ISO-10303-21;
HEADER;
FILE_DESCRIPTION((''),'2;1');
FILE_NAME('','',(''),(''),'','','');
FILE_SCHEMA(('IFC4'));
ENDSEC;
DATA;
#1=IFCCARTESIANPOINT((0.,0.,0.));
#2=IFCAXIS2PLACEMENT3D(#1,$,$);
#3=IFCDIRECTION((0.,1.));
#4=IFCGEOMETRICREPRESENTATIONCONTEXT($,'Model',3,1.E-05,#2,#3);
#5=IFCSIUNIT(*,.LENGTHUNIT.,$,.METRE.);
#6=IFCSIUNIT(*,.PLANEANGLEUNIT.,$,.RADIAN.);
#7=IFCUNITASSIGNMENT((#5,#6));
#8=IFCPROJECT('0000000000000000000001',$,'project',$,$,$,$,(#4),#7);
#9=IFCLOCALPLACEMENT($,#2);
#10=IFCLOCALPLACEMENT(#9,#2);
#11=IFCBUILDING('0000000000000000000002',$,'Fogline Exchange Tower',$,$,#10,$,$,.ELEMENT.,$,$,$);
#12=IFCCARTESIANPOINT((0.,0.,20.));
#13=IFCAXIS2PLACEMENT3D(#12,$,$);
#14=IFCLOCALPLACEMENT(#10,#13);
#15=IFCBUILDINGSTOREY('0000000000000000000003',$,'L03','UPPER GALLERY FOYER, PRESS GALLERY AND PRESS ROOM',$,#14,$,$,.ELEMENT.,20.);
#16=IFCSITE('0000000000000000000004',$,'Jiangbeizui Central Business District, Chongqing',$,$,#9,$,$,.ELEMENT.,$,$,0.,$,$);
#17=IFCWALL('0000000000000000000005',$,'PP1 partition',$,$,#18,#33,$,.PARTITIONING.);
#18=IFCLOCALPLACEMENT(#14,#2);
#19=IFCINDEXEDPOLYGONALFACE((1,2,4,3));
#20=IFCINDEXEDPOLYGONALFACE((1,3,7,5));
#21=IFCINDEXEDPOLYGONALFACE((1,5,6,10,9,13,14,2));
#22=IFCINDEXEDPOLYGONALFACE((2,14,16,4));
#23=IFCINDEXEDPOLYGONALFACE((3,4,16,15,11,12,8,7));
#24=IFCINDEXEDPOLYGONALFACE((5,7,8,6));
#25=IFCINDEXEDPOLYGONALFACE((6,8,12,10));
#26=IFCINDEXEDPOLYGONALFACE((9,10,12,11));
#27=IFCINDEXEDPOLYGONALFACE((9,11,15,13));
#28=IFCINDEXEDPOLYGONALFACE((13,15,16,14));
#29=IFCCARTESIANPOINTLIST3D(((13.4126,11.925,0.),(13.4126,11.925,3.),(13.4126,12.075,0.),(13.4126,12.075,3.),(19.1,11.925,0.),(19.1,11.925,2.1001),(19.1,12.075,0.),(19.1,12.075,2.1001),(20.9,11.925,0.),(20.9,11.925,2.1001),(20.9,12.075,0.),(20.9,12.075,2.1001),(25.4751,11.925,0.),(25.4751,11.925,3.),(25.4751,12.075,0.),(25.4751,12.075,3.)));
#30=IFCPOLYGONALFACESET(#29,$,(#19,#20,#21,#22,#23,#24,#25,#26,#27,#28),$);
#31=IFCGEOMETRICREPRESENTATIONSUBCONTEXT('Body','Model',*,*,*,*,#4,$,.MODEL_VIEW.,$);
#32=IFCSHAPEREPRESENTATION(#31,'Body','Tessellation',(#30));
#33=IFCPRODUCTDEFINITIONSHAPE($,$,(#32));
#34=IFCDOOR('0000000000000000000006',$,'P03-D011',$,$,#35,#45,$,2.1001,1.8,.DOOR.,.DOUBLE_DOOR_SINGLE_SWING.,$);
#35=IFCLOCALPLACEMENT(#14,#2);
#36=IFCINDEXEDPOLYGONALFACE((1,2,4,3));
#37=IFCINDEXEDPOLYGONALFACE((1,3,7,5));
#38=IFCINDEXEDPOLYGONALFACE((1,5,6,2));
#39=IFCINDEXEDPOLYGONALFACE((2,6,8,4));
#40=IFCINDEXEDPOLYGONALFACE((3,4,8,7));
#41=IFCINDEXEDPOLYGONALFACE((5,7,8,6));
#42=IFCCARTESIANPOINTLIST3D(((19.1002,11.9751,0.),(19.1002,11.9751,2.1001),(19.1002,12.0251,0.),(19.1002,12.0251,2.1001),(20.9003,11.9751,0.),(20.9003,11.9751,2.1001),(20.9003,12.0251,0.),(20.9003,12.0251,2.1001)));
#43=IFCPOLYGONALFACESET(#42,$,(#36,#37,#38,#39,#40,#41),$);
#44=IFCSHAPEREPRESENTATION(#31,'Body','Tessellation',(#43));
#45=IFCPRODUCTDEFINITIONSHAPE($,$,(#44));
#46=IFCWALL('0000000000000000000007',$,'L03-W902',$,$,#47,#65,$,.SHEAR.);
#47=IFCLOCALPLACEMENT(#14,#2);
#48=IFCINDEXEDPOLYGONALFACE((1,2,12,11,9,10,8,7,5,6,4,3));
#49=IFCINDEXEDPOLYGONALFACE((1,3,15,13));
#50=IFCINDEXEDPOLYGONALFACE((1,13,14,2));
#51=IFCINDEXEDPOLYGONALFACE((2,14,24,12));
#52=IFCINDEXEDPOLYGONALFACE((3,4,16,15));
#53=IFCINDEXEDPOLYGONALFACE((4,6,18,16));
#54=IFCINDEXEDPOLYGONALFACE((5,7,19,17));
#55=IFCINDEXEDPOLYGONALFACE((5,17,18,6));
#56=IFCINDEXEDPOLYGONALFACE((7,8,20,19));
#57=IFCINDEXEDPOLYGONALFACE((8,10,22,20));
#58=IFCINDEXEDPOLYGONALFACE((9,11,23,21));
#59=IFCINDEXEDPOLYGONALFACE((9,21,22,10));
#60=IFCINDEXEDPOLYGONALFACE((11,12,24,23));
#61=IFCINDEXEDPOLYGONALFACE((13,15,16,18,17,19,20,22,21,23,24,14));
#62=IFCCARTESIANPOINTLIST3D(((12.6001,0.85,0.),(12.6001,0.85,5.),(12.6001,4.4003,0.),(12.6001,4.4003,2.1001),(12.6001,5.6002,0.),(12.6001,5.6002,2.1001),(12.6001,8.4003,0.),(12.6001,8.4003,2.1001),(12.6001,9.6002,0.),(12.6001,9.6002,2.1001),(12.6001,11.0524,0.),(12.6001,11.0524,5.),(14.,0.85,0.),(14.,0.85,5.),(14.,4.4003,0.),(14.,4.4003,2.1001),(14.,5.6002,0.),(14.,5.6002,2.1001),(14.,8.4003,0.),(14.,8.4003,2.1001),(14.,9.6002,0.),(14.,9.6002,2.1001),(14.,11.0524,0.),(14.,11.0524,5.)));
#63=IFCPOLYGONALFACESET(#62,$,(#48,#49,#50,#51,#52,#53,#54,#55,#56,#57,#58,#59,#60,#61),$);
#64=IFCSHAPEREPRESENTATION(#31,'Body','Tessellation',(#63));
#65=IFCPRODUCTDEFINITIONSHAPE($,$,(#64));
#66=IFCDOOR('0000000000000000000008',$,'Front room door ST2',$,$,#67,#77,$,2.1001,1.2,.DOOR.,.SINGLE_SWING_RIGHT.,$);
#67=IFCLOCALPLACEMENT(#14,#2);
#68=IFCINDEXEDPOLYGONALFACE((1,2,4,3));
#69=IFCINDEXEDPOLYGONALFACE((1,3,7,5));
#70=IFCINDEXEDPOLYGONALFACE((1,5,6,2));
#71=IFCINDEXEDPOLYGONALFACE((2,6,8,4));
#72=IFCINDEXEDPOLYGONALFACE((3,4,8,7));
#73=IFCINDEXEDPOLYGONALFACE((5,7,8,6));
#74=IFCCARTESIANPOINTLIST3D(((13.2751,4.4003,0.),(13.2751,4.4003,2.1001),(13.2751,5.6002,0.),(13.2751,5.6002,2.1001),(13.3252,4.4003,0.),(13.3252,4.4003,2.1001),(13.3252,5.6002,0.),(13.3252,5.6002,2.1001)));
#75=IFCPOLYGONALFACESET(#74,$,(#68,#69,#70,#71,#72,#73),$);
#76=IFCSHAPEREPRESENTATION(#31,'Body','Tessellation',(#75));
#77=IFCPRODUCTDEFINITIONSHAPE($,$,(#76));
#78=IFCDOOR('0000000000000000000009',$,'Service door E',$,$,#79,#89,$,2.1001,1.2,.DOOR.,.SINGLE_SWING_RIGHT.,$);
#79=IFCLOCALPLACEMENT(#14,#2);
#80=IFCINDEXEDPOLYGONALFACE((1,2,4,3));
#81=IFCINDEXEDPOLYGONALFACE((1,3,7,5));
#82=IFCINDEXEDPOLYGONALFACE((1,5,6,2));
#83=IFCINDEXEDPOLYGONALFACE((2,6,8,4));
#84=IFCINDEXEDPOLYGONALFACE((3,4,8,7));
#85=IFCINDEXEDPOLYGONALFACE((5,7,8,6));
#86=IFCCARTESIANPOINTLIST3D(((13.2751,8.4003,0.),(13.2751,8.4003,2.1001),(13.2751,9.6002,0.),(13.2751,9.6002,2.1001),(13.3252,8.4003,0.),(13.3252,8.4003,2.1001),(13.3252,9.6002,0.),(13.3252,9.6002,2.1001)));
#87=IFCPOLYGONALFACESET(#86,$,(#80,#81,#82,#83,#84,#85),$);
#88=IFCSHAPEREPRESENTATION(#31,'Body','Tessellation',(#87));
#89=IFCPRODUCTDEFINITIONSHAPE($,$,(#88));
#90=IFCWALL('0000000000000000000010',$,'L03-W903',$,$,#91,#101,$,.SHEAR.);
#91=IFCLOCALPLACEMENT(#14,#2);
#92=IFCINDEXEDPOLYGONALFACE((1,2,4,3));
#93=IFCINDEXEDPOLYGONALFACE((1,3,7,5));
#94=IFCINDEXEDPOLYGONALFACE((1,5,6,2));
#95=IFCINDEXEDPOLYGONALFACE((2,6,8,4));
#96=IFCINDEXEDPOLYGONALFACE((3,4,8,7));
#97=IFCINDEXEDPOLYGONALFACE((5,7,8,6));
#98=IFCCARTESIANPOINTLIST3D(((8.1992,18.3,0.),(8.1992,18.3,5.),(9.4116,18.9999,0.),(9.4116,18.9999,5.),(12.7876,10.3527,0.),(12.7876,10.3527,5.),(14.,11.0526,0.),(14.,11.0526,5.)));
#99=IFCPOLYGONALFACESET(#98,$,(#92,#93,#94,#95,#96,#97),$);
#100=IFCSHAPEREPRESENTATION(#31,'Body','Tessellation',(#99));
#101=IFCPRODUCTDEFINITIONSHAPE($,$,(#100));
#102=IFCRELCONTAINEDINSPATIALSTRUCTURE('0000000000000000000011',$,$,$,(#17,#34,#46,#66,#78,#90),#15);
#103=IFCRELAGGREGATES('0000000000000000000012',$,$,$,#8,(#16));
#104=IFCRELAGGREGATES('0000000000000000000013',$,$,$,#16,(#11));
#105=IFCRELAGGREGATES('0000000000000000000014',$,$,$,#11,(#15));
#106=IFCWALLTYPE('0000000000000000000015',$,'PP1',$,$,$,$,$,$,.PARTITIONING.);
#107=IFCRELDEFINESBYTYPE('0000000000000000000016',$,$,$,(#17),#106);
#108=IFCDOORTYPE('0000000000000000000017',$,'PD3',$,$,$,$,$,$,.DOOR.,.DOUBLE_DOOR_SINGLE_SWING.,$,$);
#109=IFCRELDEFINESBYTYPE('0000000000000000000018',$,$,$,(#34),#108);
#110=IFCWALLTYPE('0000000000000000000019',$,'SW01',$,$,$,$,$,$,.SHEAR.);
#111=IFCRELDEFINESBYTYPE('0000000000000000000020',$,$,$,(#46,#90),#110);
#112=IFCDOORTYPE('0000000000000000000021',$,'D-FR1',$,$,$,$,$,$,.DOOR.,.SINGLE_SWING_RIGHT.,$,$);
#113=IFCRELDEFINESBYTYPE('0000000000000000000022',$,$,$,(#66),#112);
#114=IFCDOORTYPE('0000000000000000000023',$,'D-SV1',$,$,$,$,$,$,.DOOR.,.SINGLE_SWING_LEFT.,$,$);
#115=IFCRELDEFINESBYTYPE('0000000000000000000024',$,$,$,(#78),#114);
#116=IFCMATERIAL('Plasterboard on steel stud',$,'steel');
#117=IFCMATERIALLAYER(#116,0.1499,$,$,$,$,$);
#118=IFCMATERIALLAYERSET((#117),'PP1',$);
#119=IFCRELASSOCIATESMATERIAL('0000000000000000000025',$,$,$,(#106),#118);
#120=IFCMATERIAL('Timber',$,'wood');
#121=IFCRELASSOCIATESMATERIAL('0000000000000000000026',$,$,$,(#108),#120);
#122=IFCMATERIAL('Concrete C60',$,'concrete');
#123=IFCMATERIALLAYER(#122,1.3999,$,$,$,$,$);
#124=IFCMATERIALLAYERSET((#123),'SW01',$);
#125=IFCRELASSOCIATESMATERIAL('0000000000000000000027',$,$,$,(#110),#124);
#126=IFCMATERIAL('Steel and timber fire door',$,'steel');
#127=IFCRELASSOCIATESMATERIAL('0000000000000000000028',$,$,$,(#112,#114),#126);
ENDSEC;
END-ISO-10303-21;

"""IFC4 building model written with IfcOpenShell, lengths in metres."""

from ifc_helpers import new_model, si_unit, direction, frame, frame_2d, origin, place, context, subcontext, project, spatial, rectangle, extrude, material, layer, layer_set, type_object, element, fill, save


model = new_model("IFC4")

# Units and contexts
model_context = context("Model", 3, precision=1e-05, world=origin(), true_north=direction((0.0, 1.0)))
body_context = subcontext(model_context, "Body", "Model", "MODEL_VIEW")
ifc_project = project(units=[si_unit("LENGTHUNIT", "METRE"), si_unit("PLANEANGLEUNIT", "RADIAN")], contexts=[model_context])

# Site, building, storey
site_placement = place(None, origin())
site = spatial("IfcSite", under=ifc_project, at=site_placement, Name="Jiangbeizui Central Business District, Chongqing", CompositionType="ELEMENT", RefElevation=0.0)
building_placement = place(site_placement, origin())
building = spatial("IfcBuilding", under=site, at=building_placement, Name="Fogline Exchange Tower", CompositionType="ELEMENT")
storey_placement = place(building_placement, frame((0.0, 0.0, 20.0)))
storey = spatial("IfcBuildingStorey", under=building, at=storey_placement, Name="L03", Description="UPPER GALLERY FOYER, PRESS GALLERY AND PRESS ROOM", CompositionType="ELEMENT", Elevation=20.0)

# Shared definitions
ifc_material_1 = material(Name="Steel and timber fire door", Category="steel")

# Wall, opening, door
ifc_material_2 = material(Name="Plasterboard on steel stud", Category="steel")
ifc_layer_1 = layer(ifc_material_2, 0.1499)
ifc_layer_set_1 = layer_set([ifc_layer_1], Name="PP1")
wall_type_1 = type_object("IfcWallType", Name="PP1", PredefinedType="PARTITIONING", material=ifc_layer_set_1)
wall_1_placement = place(storey_placement, frame((13.4126, 12.0, 0.0), z_axis=(0.0, 0.0, 1.0), x_axis=(1.0, 0.0, 0.0)))
wall_1 = element("IfcWall", 1, at=wall_1_placement, inside=storey, type_object=wall_type_1, Name="PP1 partition", PredefinedType="PARTITIONING", context=body_context, shape_type="SweptSolid", body=[
    extrude(rectangle(XDim=12.0625, YDim=0.1499, at=frame_2d((6.0312, 0.0))), origin(), (0.0, 0.0, 1.0), 3.0),
])
opening_1_placement = place(wall_1_placement, frame((5.6875, 0.0, 0.0)))
opening_1 = element("IfcOpeningElement", 2, at=opening_1_placement, cuts=wall_1, PredefinedType="OPENING", context=body_context, shape_type="SweptSolid", body=[
    extrude(rectangle(XDim=1.8, YDim=2.1001, at=frame_2d((0.8999, 1.05))), frame((0.0, 0.085, 0.0), z_axis=(0.0, -1.0, 0.0), x_axis=(1.0, 0.0, 0.0)), (0.0, 0.0, 1.0), 0.1699),
])
ifc_material_3 = material(Name="Timber", Category="wood")
door_type_1 = type_object("IfcDoorType", Name="PD3", OperationType="DOUBLE_DOOR_SINGLE_SWING", PredefinedType="DOOR", material=ifc_material_3)
door_1_placement = place(opening_1_placement, frame((1.8, 0.0, 0.0), z_axis=(0.0, 0.0, 1.0), x_axis=(-1.0, 0.0, 0.0)))
door_1 = element("IfcDoor", 3, at=door_1_placement, inside=storey, type_object=door_type_1, Name="P03-D011", OperationType="DOUBLE_DOOR_SINGLE_SWING", OverallHeight=2.1001, OverallWidth=1.8, PredefinedType="DOOR", context=body_context, shape_type="SweptSolid", body=[
    extrude(rectangle(XDim=1.8, YDim=2.1001, at=frame_2d((0.8999, 1.05))), frame((0.0, 0.0249, 0.0), z_axis=(0.0, -1.0, 0.0), x_axis=(1.0, 0.0, 0.0)), (0.0, 0.0, 1.0), 0.05),
])
fill(opening_1, door_1)

# Wall, openings, doors
ifc_material_4 = material(Name="Concrete C60", Category="concrete")
ifc_layer_2 = layer(ifc_material_4, 1.3999)
ifc_layer_set_2 = layer_set([ifc_layer_2], Name="SW01")
wall_type_2 = type_object("IfcWallType", Name="SW01", PredefinedType="SHEAR", material=ifc_layer_set_2)
wall_2_placement = place(storey_placement, frame((13.3, 0.8501, 0.0), z_axis=(0.0, 0.0, 1.0), x_axis=(0.0, 1.0, 0.0)))
wall_2 = element("IfcWall", 4, at=wall_2_placement, inside=storey, type_object=wall_type_2, Name="L03-W902", PredefinedType="SHEAR", context=body_context, shape_type="SweptSolid", body=[
    extrude(rectangle(XDim=10.2024, YDim=1.3999, at=frame_2d((5.1011, 0.0))), origin(), (0.0, 0.0, 1.0), 5.0),
])
opening_2_placement = place(wall_2_placement, frame((3.55, 0.0, 0.0)))
opening_2 = element("IfcOpeningElement", 5, at=opening_2_placement, cuts=wall_2, PredefinedType="OPENING", context=body_context, shape_type="SweptSolid", body=[
    extrude(rectangle(XDim=1.2, YDim=2.1001, at=frame_2d((0.6001, 1.05))), frame((0.0, 0.71, 0.0), z_axis=(0.0, -1.0, 0.0), x_axis=(1.0, 0.0, 0.0)), (0.0, 0.0, 1.0), 1.4199),
])
opening_3_placement = place(wall_2_placement, frame((7.55, 0.0, 0.0)))
opening_3 = element("IfcOpeningElement", 6, at=opening_3_placement, cuts=wall_2, PredefinedType="OPENING", context=body_context, shape_type="SweptSolid", body=[
    extrude(rectangle(XDim=1.2, YDim=2.1001, at=frame_2d((0.6001, 1.05))), frame((0.0, 0.71, 0.0), z_axis=(0.0, -1.0, 0.0), x_axis=(1.0, 0.0, 0.0)), (0.0, 0.0, 1.0), 1.4199),
])
door_type_2 = type_object("IfcDoorType", Name="D-FR1", OperationType="SINGLE_SWING_RIGHT", PredefinedType="DOOR", material=ifc_material_1)
door_2_placement = place(opening_2_placement, origin())
door_2 = element("IfcDoor", 7, at=door_2_placement, inside=storey, type_object=door_type_2, Name="Front room door ST2", OperationType="SINGLE_SWING_RIGHT", OverallHeight=2.1001, OverallWidth=1.2, PredefinedType="DOOR", context=body_context, shape_type="SweptSolid", body=[
    extrude(rectangle(XDim=1.2, YDim=2.1001, at=frame_2d((0.6001, 1.05))), frame((0.0, 0.0249, 0.0), z_axis=(0.0, -1.0, 0.0), x_axis=(1.0, 0.0, 0.0)), (0.0, 0.0, 1.0), 0.05),
])
fill(opening_2, door_2)
door_type_3 = type_object("IfcDoorType", Name="D-SV1", OperationType="SINGLE_SWING_LEFT", PredefinedType="DOOR", material=ifc_material_1)
door_3_placement = place(opening_3_placement, origin())
door_3 = element("IfcDoor", 8, at=door_3_placement, inside=storey, type_object=door_type_3, Name="Service door E", OperationType="SINGLE_SWING_RIGHT", OverallHeight=2.1001, OverallWidth=1.2, PredefinedType="DOOR", context=body_context, shape_type="SweptSolid", body=[
    extrude(rectangle(XDim=1.2, YDim=2.1001, at=frame_2d((0.6001, 1.05))), frame((0.0, 0.0249, 0.0), z_axis=(0.0, -1.0, 0.0), x_axis=(1.0, 0.0, 0.0)), (0.0, 0.0, 1.0), 0.05),
])
fill(opening_3, door_3)

# Wall
wall_3_placement = place(storey_placement, frame((13.3938, 10.7026, 0.0), z_axis=(0.0, 0.0, 1.0), x_axis=(-0.500002, 0.866024, 0.0)))
element("IfcWall", 9, at=wall_3_placement, inside=storey, type_object=wall_type_2, Name="L03-W903", PredefinedType="SHEAR", context=body_context, shape_type="SweptSolid", body=[
    extrude(rectangle(XDim=9.1768, YDim=1.3999, at=frame_2d((4.5884, 0.0))), origin(), (0.0, 0.0, 1.0), 5.0),
])

save(model, "model.ifc")
